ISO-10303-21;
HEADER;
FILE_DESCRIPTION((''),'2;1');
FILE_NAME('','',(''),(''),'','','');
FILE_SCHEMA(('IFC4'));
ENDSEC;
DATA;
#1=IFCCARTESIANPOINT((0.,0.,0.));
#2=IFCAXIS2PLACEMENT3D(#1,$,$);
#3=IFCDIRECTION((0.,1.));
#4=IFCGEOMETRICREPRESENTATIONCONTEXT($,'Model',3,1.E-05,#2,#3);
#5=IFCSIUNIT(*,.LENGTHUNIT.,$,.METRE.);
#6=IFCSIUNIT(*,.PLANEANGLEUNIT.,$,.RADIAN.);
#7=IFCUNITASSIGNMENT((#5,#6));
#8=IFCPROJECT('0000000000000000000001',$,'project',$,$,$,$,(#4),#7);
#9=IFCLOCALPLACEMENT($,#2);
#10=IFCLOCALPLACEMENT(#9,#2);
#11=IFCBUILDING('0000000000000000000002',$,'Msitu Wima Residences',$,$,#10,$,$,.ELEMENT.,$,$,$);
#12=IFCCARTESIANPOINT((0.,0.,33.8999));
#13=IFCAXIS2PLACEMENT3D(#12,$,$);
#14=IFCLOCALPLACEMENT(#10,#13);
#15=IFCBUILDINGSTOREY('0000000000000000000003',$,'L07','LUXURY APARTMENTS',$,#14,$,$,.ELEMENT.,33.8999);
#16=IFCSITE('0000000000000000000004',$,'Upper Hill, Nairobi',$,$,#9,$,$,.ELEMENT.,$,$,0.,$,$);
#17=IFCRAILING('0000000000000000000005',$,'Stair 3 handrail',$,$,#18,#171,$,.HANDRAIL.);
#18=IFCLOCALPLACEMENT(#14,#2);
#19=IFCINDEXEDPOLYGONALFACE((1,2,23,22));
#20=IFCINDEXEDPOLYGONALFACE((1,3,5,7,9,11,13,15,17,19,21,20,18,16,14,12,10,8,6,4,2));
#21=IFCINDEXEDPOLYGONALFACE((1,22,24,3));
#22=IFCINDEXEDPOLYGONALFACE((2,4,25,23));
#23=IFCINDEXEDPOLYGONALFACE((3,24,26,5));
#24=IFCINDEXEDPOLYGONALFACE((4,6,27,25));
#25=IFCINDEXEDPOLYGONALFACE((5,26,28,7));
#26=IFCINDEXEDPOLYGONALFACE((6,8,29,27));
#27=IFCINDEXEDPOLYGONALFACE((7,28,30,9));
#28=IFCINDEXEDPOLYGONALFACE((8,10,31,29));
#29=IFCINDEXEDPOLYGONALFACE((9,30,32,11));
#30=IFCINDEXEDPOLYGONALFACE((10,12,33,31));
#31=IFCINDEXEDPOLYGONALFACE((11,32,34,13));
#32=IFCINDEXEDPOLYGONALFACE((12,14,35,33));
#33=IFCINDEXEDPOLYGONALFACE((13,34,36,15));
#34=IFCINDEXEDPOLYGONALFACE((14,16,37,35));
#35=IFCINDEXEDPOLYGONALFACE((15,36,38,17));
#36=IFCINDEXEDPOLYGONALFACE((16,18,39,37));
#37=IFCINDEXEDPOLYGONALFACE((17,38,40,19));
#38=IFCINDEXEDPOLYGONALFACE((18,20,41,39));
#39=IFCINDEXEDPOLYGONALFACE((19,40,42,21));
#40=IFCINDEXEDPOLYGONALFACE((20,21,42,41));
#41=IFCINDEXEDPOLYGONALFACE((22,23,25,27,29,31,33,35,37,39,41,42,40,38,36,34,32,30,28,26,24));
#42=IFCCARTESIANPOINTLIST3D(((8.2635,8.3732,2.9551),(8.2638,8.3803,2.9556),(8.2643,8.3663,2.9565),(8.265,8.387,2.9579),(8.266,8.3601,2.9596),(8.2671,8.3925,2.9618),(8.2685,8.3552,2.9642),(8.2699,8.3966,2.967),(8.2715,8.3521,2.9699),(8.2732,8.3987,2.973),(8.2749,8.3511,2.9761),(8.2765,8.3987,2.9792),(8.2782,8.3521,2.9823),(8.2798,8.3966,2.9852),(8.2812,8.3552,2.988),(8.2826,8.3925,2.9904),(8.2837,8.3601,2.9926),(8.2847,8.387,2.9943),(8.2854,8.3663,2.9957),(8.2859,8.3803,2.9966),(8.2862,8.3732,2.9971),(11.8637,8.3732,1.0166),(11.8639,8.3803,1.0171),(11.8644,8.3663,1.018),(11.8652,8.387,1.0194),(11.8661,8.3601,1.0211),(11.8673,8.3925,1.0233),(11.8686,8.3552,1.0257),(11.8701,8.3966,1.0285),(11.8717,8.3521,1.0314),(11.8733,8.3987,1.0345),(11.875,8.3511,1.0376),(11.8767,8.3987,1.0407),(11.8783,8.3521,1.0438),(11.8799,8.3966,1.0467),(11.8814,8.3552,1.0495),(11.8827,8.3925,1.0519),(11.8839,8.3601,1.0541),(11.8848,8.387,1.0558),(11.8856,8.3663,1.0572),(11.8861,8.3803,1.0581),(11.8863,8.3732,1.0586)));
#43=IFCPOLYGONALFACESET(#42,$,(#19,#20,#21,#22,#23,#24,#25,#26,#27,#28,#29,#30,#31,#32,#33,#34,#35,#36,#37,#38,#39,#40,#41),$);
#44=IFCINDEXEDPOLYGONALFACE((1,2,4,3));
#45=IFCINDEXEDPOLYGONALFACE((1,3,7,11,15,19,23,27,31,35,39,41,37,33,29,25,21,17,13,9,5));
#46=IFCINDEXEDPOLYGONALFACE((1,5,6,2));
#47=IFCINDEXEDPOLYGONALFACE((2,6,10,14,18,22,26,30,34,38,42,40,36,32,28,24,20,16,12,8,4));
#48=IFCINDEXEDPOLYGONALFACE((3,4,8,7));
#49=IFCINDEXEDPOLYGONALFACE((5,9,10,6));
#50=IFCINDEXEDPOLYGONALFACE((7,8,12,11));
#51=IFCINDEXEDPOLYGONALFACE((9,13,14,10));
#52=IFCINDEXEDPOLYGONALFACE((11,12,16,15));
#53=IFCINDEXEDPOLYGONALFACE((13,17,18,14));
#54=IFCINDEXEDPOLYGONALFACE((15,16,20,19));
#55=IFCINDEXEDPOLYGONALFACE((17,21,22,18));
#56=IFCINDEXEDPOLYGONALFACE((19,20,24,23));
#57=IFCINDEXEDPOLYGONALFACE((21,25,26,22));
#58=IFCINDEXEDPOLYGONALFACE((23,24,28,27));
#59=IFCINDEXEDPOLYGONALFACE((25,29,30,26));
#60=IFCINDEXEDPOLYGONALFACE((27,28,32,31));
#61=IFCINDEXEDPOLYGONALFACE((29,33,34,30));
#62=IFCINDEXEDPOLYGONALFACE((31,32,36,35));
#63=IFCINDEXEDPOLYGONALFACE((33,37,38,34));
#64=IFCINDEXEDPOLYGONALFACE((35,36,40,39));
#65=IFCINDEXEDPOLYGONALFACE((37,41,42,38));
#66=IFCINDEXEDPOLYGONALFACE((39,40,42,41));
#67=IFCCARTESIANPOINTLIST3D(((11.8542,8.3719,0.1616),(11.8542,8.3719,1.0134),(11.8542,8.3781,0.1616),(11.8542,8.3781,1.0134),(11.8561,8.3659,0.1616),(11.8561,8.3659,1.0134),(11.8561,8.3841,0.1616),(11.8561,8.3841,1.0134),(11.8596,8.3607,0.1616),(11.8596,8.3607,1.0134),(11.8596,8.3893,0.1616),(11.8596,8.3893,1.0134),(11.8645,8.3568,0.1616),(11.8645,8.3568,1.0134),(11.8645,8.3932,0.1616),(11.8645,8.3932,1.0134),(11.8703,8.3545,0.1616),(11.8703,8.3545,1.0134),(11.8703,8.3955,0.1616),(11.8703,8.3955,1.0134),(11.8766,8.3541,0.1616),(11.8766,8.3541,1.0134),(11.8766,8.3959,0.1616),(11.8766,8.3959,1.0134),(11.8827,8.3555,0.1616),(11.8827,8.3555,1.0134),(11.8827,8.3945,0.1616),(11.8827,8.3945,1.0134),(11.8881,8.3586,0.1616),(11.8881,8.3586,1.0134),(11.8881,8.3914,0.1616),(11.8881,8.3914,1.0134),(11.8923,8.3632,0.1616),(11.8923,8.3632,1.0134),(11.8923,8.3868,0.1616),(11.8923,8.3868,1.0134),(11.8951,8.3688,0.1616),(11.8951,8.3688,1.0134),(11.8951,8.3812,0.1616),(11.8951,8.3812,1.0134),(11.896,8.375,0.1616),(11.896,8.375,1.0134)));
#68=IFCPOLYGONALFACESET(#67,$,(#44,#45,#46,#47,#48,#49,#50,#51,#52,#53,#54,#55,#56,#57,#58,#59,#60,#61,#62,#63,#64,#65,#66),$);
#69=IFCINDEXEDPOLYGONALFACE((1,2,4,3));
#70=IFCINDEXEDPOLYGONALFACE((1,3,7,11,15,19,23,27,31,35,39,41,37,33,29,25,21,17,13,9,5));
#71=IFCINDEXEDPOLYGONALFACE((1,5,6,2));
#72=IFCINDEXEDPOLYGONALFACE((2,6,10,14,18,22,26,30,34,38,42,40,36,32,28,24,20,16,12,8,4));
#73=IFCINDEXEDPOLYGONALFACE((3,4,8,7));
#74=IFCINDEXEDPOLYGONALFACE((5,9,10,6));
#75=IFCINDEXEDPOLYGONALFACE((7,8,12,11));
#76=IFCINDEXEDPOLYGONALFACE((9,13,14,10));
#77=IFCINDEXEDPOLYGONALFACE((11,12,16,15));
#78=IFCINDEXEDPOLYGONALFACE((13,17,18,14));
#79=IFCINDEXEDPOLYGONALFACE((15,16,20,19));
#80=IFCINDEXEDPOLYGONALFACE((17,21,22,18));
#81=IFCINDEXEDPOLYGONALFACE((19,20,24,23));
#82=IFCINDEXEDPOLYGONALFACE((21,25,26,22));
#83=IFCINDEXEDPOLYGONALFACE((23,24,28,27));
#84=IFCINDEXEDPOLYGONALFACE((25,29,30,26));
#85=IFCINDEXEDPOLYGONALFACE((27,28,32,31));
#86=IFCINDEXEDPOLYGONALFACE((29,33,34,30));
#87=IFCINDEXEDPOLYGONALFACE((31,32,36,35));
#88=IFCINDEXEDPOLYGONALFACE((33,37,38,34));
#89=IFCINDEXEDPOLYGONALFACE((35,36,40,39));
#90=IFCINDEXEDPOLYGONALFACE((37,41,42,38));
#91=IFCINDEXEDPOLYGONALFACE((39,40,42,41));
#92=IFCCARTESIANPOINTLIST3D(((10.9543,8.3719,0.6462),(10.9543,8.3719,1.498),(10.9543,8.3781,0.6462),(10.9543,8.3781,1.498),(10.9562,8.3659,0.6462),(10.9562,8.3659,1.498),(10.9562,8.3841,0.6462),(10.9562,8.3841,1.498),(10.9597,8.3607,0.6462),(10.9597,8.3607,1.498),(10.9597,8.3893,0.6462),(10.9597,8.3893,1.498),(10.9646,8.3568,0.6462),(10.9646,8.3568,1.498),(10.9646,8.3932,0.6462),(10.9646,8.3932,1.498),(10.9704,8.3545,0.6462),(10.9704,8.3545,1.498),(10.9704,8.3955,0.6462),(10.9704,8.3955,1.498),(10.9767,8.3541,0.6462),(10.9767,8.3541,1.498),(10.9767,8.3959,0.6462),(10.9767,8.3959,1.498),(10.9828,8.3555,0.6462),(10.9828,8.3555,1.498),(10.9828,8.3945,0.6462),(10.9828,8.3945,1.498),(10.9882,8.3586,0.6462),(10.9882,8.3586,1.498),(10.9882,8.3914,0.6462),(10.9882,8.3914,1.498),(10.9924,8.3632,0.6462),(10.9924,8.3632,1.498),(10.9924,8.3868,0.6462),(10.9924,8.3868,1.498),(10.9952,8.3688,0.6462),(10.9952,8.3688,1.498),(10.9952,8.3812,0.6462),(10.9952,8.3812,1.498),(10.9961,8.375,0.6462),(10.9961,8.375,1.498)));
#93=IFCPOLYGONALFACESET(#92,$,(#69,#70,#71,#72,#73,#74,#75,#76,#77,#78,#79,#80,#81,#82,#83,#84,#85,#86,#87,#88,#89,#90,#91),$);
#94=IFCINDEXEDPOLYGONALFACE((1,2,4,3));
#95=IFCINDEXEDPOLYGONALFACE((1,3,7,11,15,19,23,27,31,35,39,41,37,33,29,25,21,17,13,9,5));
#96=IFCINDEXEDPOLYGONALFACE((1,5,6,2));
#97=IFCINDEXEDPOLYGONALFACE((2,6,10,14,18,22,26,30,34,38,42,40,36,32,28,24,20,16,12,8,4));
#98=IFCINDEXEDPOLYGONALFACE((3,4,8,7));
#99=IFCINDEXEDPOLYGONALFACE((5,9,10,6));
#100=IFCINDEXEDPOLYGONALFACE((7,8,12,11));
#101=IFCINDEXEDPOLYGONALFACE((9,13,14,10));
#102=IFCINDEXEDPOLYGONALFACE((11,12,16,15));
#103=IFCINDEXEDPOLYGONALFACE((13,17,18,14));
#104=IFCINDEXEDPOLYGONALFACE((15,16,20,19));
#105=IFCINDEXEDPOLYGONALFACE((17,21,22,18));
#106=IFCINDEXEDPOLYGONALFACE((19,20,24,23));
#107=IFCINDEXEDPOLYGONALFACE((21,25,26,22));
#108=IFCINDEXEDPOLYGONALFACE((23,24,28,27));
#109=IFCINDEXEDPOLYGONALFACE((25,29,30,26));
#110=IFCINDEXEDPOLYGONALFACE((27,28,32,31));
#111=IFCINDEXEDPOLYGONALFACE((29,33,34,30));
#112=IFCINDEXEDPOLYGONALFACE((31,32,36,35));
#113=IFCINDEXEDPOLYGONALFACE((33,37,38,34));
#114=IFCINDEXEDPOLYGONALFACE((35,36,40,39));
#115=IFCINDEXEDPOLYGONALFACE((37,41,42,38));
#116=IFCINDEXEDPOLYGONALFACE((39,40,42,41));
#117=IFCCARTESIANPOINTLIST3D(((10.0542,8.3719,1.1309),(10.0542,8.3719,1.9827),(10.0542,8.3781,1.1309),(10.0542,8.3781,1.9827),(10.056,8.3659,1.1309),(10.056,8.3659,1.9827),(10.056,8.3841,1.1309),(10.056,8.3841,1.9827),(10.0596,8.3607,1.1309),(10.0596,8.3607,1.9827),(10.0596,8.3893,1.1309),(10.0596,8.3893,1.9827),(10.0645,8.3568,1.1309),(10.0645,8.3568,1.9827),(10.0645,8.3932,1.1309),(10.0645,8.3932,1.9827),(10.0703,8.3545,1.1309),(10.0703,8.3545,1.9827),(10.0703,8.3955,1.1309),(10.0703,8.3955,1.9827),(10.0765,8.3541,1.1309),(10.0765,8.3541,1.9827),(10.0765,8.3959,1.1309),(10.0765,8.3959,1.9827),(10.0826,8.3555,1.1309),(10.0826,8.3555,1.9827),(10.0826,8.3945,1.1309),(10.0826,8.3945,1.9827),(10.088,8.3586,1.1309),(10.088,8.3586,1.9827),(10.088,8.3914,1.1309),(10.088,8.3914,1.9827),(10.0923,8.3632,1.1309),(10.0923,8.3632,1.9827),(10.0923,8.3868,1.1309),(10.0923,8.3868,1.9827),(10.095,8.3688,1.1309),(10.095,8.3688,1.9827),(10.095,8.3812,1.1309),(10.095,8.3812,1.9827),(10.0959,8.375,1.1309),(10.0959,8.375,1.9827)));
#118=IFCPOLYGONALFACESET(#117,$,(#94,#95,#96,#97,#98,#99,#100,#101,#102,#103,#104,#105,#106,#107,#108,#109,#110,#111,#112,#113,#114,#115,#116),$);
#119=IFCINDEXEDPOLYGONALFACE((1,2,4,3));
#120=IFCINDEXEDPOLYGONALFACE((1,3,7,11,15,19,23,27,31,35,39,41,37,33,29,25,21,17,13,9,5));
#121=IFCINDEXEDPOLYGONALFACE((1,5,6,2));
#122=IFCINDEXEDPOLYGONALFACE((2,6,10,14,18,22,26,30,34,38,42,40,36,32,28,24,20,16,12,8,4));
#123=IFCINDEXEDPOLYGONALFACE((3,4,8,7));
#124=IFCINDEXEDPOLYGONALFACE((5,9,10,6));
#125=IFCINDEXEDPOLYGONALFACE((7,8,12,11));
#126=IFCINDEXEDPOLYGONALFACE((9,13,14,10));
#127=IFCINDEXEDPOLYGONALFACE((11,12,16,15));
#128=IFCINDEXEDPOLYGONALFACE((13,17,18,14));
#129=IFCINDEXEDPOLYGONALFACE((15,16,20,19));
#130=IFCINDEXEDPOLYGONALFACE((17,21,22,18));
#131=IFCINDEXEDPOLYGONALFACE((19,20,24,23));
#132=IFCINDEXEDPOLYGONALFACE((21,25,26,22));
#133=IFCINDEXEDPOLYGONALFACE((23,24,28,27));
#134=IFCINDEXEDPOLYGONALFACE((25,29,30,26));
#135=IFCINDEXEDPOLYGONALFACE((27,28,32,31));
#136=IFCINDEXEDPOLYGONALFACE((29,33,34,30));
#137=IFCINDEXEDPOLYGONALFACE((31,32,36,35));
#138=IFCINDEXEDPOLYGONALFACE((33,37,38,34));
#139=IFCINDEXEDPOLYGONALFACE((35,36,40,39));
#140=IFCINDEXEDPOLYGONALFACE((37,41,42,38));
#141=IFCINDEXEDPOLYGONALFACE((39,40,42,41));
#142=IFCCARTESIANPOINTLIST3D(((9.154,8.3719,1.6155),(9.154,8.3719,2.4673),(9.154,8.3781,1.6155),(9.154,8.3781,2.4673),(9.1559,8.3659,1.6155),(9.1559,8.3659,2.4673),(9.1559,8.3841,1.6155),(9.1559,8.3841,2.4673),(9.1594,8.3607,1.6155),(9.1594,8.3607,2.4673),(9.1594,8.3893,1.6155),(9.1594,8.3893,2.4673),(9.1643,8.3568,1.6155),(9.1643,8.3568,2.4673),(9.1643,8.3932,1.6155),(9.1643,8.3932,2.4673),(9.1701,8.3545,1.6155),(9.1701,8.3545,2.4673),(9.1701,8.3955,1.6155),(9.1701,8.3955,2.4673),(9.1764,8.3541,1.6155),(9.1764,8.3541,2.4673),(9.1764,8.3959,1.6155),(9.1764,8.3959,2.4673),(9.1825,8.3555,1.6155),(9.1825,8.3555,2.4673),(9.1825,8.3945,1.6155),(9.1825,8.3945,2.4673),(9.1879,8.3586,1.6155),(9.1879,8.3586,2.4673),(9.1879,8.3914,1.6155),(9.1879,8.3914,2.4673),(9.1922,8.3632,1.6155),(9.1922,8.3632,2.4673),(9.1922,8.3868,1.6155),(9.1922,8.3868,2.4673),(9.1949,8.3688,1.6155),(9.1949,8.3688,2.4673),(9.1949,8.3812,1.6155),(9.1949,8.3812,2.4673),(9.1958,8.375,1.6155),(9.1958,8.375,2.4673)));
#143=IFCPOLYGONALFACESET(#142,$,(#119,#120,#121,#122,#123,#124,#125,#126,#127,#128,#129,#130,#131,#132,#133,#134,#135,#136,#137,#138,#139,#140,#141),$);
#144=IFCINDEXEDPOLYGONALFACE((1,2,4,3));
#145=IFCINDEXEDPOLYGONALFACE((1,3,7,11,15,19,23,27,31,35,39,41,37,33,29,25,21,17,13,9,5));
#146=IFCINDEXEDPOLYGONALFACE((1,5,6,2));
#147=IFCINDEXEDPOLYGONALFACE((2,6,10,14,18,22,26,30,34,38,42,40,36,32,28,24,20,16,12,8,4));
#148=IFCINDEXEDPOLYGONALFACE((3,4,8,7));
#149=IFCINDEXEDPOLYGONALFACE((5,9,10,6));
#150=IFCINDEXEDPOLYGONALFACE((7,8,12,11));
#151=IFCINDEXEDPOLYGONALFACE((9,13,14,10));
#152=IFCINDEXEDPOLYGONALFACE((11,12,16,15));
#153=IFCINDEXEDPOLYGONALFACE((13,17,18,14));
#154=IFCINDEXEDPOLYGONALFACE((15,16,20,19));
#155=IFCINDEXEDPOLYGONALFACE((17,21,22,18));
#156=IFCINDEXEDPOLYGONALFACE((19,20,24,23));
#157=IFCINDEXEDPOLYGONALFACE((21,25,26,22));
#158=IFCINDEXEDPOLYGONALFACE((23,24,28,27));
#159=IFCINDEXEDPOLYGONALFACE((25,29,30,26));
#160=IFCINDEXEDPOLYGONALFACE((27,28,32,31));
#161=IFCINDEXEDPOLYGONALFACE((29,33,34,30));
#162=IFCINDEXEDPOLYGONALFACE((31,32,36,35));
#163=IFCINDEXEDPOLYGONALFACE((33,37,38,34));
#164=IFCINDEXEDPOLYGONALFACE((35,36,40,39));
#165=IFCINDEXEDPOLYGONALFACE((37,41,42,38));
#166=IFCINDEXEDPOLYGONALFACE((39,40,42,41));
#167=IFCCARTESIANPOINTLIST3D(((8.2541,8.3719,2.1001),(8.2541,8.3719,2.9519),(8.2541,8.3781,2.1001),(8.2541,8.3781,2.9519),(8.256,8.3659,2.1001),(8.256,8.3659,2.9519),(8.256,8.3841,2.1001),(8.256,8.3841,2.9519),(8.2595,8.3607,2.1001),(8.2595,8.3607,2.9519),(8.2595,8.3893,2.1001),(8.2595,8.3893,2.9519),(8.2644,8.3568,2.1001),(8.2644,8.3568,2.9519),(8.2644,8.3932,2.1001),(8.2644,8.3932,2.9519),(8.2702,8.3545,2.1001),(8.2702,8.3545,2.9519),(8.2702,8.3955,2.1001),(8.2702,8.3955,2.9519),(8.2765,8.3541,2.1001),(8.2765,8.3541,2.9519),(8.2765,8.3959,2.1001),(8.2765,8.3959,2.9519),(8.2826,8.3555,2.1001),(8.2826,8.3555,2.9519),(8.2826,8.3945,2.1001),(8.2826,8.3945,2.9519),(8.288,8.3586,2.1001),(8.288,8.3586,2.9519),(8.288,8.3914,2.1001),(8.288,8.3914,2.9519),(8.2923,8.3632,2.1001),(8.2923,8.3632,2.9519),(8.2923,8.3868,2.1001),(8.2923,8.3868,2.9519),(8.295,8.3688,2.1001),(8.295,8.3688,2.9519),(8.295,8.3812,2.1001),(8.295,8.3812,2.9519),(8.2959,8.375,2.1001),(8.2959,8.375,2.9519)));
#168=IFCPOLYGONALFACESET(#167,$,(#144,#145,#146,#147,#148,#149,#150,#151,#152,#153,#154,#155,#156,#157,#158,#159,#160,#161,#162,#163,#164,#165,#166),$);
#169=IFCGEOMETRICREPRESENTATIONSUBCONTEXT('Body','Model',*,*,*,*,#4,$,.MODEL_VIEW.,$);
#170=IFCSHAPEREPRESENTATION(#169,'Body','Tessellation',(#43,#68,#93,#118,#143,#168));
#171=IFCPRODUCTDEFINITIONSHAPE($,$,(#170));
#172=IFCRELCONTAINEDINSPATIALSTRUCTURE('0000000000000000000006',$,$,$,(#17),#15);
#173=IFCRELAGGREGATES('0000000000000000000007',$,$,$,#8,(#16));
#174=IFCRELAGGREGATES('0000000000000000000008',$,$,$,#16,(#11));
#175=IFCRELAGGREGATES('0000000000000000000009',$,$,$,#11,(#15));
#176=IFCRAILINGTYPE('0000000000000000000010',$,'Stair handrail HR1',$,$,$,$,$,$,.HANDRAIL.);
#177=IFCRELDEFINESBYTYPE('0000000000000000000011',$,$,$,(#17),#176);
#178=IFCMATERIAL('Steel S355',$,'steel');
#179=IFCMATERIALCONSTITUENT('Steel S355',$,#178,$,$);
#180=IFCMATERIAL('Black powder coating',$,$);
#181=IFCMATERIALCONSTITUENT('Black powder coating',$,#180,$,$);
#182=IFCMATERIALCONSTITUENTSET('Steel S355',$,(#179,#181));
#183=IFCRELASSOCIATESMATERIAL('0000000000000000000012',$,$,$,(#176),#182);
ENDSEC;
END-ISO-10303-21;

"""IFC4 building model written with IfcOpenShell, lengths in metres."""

from ifc_helpers import new_model, si_unit, direction, frame, origin, origin_2d, place, context, subcontext, project, spatial, circle, extrude, material, constituent, constituent_set, type_object, element, save


model = new_model("IFC4")

# Units and contexts
model_context = context("Model", 3, precision=1e-05, world=origin(), true_north=direction((0.0, 1.0)))
body_context = subcontext(model_context, "Body", "Model", "MODEL_VIEW")
ifc_project = project(units=[si_unit("LENGTHUNIT", "METRE"), si_unit("PLANEANGLEUNIT", "RADIAN")], contexts=[model_context])

# Site, building, storey
site_placement = place(None, origin())
site = spatial("IfcSite", under=ifc_project, at=site_placement, Name="Upper Hill, Nairobi", CompositionType="ELEMENT", RefElevation=0.0)
building_placement = place(site_placement, origin())
building = spatial("IfcBuilding", under=site, at=building_placement, Name="Msitu Wima Residences", CompositionType="ELEMENT")
storey_placement = place(building_placement, frame((0.0, 0.0, 33.8999)))
storey = spatial("IfcBuildingStorey", under=building, at=storey_placement, Name="L07", Description="LUXURY APARTMENTS", CompositionType="ELEMENT", Elevation=33.8999)

# Railing
ifc_material_1 = material(Name="Steel S355", Category="steel")
ifc_constituent_1 = constituent(ifc_material_1, Name="Steel S355")
ifc_material_2 = material(Name="Black powder coating")
ifc_constituent_2 = constituent(ifc_material_2, Name="Black powder coating")
ifc_constituent_set = constituent_set(constituents=[ifc_constituent_1, ifc_constituent_2], Name="Steel S355")
railing_type = type_object("IfcRailingType", Name="Stair handrail HR1", PredefinedType="HANDRAIL", material=ifc_constituent_set)
for number, where, name in (
    (1, (11.875, 8.375, 0.1616), "Stair 3 handrail"),
):
    element("IfcRailing", number, at=place(storey_placement, frame(where)), inside=storey, type_object=railing_type, Name=name, PredefinedType="HANDRAIL", context=body_context, shape_type="SweptSolid", body=[
        extrude(circle(Radius=0.0239, at=origin_2d()), frame((0.0, 0.0, 0.876), z_axis=(-0.880475, 0.0, 0.474093), x_axis=(0.0, -1.0, 0.0)), (0.0, 0.0, 1.0), 4.0889),
        extrude(circle(Radius=0.021, at=origin_2d()), origin(), (0.0, 0.0, 1.0), 0.8518),
        extrude(circle(Radius=0.021, at=origin_2d()), frame((-0.8999, 0.0, 0.4846)), (0.0, 0.0, 1.0), 0.8518),
        extrude(circle(Radius=0.021, at=origin_2d()), frame((-1.8, 0.0, 0.9692)), (0.0, 0.0, 1.0), 0.8518),
        extrude(circle(Radius=0.021, at=origin_2d()), frame((-2.7002, 0.0, 1.4539)), (0.0, 0.0, 1.0), 0.8518),
        extrude(circle(Radius=0.021, at=origin_2d()), frame((-3.6001, 0.0, 1.9385)), (0.0, 0.0, 1.0), 0.8518),
    ])

save(model, "model.ifc")
